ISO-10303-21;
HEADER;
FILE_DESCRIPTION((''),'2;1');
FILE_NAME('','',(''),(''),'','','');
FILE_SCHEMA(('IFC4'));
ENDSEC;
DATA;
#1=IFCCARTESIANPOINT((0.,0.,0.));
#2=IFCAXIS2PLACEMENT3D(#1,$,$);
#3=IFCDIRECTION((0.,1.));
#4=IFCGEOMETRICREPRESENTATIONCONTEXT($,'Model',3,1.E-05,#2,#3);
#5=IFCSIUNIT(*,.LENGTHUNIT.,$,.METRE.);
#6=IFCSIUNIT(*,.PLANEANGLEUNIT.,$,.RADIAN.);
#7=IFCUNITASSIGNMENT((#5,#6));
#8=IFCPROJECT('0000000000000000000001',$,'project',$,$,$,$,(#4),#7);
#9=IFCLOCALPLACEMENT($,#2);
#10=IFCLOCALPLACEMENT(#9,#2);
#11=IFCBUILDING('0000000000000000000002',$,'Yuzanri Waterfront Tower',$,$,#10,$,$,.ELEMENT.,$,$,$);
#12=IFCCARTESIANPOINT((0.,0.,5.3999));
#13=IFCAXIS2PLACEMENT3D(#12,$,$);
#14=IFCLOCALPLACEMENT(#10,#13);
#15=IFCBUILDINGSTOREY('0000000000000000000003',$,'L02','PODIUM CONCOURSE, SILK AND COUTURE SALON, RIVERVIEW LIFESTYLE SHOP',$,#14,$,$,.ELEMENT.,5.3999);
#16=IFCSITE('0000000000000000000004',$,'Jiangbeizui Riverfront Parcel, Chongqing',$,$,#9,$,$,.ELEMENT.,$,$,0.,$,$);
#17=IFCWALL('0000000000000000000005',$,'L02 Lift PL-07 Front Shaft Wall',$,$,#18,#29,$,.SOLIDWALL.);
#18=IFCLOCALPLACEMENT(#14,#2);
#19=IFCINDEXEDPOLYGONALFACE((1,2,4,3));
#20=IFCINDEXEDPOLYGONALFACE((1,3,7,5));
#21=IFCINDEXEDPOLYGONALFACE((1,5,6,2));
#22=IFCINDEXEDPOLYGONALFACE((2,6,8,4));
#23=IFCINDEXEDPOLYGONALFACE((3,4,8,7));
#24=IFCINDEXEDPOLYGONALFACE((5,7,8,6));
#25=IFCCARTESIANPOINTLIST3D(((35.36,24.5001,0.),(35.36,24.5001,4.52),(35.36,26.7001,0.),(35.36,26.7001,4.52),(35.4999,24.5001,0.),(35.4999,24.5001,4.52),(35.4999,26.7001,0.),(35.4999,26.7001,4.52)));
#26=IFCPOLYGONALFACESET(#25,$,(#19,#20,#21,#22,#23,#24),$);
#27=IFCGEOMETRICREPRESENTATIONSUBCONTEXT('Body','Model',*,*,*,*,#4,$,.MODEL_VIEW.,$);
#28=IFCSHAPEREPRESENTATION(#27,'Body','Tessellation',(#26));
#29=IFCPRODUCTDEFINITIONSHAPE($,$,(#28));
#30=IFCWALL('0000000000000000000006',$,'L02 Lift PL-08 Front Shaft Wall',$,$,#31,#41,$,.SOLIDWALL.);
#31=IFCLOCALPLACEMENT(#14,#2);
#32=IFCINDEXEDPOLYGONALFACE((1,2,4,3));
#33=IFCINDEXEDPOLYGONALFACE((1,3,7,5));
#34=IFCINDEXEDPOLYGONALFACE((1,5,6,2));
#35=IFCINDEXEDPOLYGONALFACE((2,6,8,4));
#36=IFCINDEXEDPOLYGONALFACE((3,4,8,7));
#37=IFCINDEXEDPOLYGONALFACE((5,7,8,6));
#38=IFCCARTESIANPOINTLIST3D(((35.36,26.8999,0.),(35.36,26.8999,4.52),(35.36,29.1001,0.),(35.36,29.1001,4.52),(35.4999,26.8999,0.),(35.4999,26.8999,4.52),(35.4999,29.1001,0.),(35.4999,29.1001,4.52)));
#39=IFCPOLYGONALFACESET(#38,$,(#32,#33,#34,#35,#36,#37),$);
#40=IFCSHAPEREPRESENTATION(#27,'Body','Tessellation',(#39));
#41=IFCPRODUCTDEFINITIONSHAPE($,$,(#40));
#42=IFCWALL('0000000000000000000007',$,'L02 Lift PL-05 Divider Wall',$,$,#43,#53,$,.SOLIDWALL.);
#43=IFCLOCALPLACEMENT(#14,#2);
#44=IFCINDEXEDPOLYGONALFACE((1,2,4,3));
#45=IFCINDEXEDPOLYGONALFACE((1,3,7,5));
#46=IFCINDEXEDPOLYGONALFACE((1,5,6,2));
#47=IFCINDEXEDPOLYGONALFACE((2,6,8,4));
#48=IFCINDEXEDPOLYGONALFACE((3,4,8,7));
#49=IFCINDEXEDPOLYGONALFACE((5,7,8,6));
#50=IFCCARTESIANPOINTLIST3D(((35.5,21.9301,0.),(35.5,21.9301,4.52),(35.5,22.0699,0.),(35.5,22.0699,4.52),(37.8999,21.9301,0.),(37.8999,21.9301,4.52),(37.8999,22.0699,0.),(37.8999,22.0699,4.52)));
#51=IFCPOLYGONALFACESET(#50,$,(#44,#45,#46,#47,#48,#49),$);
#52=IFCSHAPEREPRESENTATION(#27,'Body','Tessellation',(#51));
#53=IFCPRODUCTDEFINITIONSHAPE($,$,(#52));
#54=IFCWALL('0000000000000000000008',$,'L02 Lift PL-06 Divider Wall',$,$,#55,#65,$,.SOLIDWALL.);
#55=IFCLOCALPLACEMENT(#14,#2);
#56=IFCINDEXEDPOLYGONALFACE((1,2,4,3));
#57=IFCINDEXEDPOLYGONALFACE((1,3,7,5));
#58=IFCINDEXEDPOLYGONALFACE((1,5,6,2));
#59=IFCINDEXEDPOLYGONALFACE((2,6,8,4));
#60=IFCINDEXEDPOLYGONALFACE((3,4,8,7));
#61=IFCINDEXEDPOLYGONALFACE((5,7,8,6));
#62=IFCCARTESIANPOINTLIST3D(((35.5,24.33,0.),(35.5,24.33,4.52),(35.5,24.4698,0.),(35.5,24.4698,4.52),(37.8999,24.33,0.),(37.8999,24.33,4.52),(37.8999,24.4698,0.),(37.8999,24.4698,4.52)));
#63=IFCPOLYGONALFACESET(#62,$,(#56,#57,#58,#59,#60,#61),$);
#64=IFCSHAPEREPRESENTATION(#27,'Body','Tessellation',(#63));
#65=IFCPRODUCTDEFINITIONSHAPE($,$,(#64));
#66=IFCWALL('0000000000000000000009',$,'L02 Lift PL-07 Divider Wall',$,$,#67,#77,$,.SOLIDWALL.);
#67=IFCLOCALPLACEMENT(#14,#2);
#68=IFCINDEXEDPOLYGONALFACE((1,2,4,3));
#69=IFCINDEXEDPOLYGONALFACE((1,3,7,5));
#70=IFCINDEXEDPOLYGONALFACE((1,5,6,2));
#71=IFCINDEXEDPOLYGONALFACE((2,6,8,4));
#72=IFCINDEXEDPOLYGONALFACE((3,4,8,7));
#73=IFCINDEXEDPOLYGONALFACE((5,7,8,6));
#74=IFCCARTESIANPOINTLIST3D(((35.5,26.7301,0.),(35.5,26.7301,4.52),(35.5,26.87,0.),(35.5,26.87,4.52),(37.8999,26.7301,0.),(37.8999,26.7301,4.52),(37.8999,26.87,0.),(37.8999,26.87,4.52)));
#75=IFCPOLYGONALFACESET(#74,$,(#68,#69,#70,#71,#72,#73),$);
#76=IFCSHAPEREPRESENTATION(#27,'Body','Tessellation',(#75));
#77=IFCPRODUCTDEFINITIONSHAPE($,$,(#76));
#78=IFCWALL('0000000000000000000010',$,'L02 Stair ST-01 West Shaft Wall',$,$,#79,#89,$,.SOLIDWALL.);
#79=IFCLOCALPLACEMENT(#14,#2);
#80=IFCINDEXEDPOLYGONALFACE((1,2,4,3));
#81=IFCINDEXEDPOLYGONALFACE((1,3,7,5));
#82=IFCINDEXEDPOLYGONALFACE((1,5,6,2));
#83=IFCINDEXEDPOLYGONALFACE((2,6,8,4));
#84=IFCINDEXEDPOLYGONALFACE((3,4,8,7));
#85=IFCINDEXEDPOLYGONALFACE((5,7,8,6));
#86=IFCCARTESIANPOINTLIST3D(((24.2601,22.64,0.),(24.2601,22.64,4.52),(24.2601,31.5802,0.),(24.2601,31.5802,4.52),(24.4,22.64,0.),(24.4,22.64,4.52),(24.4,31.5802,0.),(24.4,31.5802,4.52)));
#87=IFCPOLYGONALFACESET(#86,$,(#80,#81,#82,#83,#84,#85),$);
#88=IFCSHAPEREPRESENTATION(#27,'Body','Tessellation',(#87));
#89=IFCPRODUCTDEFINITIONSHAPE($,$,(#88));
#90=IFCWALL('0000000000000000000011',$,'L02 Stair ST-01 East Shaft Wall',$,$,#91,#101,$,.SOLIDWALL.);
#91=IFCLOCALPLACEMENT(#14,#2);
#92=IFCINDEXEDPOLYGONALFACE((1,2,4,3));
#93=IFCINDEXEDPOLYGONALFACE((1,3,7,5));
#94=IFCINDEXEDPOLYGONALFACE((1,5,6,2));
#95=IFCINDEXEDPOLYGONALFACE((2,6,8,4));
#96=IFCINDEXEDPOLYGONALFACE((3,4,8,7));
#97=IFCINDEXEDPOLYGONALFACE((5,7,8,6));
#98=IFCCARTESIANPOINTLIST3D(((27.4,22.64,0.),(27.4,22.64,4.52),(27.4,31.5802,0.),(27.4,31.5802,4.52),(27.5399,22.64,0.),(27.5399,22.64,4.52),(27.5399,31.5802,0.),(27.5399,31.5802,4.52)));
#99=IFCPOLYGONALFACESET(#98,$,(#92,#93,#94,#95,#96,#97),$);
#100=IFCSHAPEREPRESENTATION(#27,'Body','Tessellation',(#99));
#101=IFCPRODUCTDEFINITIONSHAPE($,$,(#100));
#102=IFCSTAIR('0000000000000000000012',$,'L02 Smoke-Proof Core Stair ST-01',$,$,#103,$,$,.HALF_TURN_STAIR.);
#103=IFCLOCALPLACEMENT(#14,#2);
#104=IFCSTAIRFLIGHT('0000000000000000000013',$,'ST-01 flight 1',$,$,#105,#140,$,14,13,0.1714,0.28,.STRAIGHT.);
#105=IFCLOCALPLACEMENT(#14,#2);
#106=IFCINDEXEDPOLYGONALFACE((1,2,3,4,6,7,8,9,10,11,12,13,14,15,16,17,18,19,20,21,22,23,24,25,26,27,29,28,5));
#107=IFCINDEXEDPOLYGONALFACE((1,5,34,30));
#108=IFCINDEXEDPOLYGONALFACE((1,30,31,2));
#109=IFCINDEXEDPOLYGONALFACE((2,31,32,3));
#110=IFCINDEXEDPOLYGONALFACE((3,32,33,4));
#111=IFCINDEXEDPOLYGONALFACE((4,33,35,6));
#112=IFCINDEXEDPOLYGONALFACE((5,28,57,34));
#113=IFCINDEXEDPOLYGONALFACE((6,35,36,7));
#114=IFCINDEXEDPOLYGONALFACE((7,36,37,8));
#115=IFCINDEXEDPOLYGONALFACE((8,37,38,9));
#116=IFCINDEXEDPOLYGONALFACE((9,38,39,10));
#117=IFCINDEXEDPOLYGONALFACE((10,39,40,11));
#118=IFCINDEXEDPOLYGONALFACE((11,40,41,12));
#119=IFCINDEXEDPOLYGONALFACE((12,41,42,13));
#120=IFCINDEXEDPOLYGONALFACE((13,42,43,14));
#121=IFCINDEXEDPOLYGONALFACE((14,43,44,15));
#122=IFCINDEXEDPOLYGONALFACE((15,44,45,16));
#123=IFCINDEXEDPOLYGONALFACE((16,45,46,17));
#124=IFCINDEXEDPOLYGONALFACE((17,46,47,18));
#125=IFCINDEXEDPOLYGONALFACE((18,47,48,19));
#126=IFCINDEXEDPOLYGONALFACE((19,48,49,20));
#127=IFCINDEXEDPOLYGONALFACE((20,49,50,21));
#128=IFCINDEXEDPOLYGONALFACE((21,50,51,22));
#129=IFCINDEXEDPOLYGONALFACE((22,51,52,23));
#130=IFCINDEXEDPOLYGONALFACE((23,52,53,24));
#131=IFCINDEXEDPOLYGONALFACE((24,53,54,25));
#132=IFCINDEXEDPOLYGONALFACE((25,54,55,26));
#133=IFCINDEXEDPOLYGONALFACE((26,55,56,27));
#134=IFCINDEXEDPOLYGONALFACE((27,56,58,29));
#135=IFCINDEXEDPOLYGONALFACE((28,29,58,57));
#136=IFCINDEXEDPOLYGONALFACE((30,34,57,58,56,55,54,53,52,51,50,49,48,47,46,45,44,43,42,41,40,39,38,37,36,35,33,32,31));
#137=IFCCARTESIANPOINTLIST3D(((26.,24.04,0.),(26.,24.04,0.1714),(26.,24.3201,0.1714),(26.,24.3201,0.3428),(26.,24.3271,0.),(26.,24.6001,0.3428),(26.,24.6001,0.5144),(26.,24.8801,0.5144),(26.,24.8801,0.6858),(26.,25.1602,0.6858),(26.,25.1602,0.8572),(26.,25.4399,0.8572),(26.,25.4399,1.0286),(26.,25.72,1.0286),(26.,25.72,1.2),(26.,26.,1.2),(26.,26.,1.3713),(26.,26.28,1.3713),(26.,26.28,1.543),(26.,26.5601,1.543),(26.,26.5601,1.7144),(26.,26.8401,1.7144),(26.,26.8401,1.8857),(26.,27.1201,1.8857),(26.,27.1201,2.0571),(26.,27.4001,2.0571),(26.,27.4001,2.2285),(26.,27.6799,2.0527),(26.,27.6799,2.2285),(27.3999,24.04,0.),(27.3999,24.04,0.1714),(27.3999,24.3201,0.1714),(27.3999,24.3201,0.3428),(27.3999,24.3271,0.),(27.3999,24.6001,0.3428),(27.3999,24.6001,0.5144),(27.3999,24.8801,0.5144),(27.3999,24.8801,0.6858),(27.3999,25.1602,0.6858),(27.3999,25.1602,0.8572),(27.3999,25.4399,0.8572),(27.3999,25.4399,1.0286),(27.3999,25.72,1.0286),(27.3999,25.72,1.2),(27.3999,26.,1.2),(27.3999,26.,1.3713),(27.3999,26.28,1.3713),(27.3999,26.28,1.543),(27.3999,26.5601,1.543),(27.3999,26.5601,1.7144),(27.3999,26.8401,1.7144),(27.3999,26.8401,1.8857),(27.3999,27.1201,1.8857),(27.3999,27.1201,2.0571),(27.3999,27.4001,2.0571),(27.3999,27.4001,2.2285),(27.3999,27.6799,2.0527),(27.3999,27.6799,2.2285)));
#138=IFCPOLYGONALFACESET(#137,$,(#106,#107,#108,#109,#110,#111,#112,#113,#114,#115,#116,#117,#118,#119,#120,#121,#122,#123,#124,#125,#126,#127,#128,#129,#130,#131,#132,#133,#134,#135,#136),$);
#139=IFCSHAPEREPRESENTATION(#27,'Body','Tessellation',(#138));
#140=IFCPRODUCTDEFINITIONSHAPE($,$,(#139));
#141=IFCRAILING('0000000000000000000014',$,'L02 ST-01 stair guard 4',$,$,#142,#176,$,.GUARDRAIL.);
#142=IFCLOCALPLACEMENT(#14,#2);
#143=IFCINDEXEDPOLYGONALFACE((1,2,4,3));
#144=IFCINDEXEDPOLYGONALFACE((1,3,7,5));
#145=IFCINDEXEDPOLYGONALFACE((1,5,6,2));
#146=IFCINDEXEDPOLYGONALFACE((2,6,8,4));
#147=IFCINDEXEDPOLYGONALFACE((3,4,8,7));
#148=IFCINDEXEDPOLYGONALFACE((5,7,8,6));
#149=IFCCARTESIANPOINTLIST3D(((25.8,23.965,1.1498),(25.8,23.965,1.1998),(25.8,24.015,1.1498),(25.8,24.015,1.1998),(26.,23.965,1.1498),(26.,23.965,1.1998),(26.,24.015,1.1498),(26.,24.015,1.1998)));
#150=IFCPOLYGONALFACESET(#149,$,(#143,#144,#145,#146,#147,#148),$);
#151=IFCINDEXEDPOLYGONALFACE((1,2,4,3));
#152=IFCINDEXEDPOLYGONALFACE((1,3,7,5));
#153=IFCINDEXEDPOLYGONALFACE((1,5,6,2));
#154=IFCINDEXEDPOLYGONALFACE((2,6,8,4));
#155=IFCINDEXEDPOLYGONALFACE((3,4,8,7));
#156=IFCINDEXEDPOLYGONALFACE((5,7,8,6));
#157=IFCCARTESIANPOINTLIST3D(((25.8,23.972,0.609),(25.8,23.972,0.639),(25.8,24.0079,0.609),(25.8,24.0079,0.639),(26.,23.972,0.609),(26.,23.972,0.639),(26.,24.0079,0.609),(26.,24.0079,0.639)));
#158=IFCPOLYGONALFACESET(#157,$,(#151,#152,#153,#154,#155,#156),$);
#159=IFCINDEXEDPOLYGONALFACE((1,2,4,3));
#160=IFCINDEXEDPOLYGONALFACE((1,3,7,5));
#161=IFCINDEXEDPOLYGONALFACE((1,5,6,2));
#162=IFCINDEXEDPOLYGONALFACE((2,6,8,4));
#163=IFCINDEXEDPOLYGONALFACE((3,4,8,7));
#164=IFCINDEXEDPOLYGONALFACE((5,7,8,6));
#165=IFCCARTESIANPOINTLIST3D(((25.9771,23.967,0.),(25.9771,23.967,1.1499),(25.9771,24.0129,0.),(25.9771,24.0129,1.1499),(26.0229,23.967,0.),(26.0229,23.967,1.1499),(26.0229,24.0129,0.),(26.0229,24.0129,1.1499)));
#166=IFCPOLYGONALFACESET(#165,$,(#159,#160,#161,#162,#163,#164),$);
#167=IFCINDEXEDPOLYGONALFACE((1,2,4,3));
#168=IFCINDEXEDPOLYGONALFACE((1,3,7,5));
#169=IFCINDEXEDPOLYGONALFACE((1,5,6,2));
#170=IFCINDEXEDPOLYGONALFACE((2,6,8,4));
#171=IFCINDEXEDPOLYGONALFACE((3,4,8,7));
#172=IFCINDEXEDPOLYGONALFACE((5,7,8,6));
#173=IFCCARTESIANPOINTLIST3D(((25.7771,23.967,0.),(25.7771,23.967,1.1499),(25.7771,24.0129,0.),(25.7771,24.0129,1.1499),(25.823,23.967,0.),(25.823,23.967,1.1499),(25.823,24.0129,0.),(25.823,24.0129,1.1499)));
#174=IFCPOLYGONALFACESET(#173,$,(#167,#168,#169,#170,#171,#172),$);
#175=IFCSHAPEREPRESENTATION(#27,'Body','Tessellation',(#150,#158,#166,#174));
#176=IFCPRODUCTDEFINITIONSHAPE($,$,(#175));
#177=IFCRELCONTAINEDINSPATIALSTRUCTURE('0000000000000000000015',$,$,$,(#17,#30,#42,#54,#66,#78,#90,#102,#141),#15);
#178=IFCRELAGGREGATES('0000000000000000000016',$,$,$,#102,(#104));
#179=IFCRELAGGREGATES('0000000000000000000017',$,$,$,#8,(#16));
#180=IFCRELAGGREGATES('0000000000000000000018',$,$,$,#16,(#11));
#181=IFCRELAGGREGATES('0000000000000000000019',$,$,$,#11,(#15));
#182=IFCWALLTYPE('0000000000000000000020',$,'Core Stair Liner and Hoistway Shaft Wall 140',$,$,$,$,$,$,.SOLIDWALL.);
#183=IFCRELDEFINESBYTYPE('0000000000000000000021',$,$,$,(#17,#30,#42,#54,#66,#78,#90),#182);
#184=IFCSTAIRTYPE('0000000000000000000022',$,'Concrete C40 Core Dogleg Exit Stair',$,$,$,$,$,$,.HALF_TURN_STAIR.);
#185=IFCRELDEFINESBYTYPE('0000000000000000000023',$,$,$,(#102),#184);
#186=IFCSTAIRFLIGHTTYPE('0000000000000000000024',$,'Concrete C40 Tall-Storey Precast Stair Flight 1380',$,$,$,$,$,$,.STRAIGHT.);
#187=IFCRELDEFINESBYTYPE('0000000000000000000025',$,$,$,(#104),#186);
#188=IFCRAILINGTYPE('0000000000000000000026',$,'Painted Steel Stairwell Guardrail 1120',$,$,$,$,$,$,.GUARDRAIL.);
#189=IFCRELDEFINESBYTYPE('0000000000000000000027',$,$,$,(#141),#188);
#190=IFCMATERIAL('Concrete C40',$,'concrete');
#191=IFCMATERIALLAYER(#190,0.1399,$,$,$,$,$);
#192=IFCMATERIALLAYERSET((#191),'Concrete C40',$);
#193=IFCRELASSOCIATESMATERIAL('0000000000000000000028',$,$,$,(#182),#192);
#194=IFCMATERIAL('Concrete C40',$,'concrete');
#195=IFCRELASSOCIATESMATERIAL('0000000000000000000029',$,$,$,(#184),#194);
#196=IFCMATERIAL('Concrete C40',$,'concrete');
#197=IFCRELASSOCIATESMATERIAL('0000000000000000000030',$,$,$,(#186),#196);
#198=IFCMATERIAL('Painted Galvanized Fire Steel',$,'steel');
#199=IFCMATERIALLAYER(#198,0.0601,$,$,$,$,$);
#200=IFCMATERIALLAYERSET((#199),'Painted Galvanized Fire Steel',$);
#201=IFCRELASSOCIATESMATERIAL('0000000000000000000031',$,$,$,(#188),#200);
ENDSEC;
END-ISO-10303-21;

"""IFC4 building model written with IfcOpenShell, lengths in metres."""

from ifc_helpers import new_model, si_unit, direction, frame, frame_2d, origin, origin_2d, place, context, subcontext, project, spatial, polyline, rectangle, outline, extrude, source, transform, mapped, material, layer, layer_set, type_object, element, aggregate, save


model = new_model("IFC4")

# Units and contexts
model_context = context("Model", 3, precision=1e-05, world=origin(), true_north=direction((0.0, 1.0)))
body_context = subcontext(model_context, "Body", "Model", "MODEL_VIEW")
ifc_project = project(units=[si_unit("LENGTHUNIT", "METRE"), si_unit("PLANEANGLEUNIT", "RADIAN")], contexts=[model_context])

# Site, building, storey
site_placement = place(None, origin())
site = spatial("IfcSite", under=ifc_project, at=site_placement, Name="Jiangbeizui Riverfront Parcel, Chongqing", CompositionType="ELEMENT", RefElevation=0.0)
building_placement = place(site_placement, origin())
building = spatial("IfcBuilding", under=site, at=building_placement, Name="Yuzanri Waterfront Tower", CompositionType="ELEMENT")
storey_placement = place(building_placement, frame((0.0, 0.0, 5.3999)))
storey = spatial("IfcBuildingStorey", under=building, at=storey_placement, Name="L02", Description="PODIUM CONCOURSE, SILK AND COUTURE SALON, RIVERVIEW LIFESTYLE SHOP", CompositionType="ELEMENT", Elevation=5.3999)

# Shared definitions
ifc_material_1 = material(Name="Concrete C40", Category="concrete")
ifc_layer_1 = layer(ifc_material_1, 0.1399)
ifc_layer_set_1 = layer_set([ifc_layer_1], Name="Concrete C40")
wall_type = type_object("IfcWallType", Name="Core Stair Liner and Hoistway Shaft Wall 140", PredefinedType="SOLIDWALL", material=ifc_layer_set_1)

# Walls
shared_shape_1 = source(origin(), body_context, "Body", "SweptSolid", [
    extrude(rectangle(XDim=2.2, YDim=0.1399, at=frame_2d((1.1001, 0.0))), origin(), (0.0, 0.0, 1.0), 4.52),
])
for number, where, z_axis, x_axis, name in (
    (1, (35.4299, 24.5, 0.0), (0.0, 0.0, 1.0), (0.0, 1.0, 0.0), "L02 Lift PL-07 Front Shaft Wall"),
):
    element("IfcWall", number, at=place(storey_placement, frame(where, z_axis=z_axis, x_axis=x_axis)), inside=storey, type_object=wall_type, Name=name, PredefinedType="SOLIDWALL", context=body_context, shape_type="MappedRepresentation", body=[
        mapped(shared_shape_1, transform((0.0, 0.0, 0.0), scale=1.0)),
    ])
shared_shape_2 = source(origin(), body_context, "Body", "SweptSolid", [
    extrude(rectangle(XDim=2.2002, YDim=0.1399, at=frame_2d((1.1001, 0.0))), origin(), (0.0, 0.0, 1.0), 4.52),
])
wall_1_placement = place(storey_placement, frame((35.4299, 26.8999, 0.0), z_axis=(0.0, 0.0, 1.0), x_axis=(0.0, 1.0, 0.0)))
element("IfcWall", 2, at=wall_1_placement, inside=storey, type_object=wall_type, Name="L02 Lift PL-08 Front Shaft Wall", PredefinedType="SOLIDWALL", context=body_context, shape_type="MappedRepresentation", body=[
    mapped(shared_shape_2, transform((0.0, 0.0, 0.0), scale=1.0)),
])
shared_shape_3 = source(origin(), body_context, "Body", "SweptSolid", [
    extrude(rectangle(XDim=2.3999, YDim=0.1399, at=frame_2d((1.2, 0.0))), origin(), (0.0, 0.0, 1.0), 4.52),
])
for number, where, z_axis, x_axis, name in (
    (3, (35.5, 22.0, 0.0), (0.0, 0.0, 1.0), (1.0, 0.0, 0.0), "L02 Lift PL-05 Divider Wall"),
    (4, (35.5, 24.3999, 0.0), (0.0, 0.0, 1.0), (1.0, 0.0, 0.0), "L02 Lift PL-06 Divider Wall"),
    (5, (35.5, 26.8, 0.0), (0.0, 0.0, 1.0), (1.0, 0.0, 0.0), "L02 Lift PL-07 Divider Wall"),
):
    element("IfcWall", number, at=place(storey_placement, frame(where, z_axis=z_axis, x_axis=x_axis)), inside=storey, type_object=wall_type, Name=name, PredefinedType="SOLIDWALL", context=body_context, shape_type="MappedRepresentation", body=[
        mapped(shared_shape_3, transform((0.0, 0.0, 0.0), scale=1.0)),
    ])
shared_shape_4 = source(origin(), body_context, "Body", "SweptSolid", [
    extrude(rectangle(XDim=8.9402, YDim=0.1399, at=frame_2d((4.4702, 0.0))), origin(), (0.0, 0.0, 1.0), 4.52),
])
for number, where, z_axis, x_axis, name in (
    (6, (24.3301, 22.6399, 0.0), (0.0, 0.0, 1.0), (0.0, 1.0, 0.0), "L02 Stair ST-01 West Shaft Wall"),
    (7, (27.47, 22.6399, 0.0), (0.0, 0.0, 1.0), (0.0, 1.0, 0.0), "L02 Stair ST-01 East Shaft Wall"),
):
    element("IfcWall", number, at=place(storey_placement, frame(where, z_axis=z_axis, x_axis=x_axis)), inside=storey, type_object=wall_type, Name=name, PredefinedType="SOLIDWALL", context=body_context, shape_type="MappedRepresentation", body=[
        mapped(shared_shape_4, transform((0.0, 0.0, 0.0), scale=1.0)),
    ])

# Stair, stair flight
ifc_material_2 = material(Name="Concrete C40", Category="concrete")
stair_type = type_object("IfcStairType", Name="Concrete C40 Core Dogleg Exit Stair", PredefinedType="HALF_TURN_STAIR", material=ifc_material_2)
stair_placement = place(storey_placement, origin())
stair = element("IfcStair", 8, at=stair_placement, inside=storey, type_object=stair_type, Name="L02 Smoke-Proof Core Stair ST-01", PredefinedType="HALF_TURN_STAIR")
ifc_material_3 = material(Name="Concrete C40", Category="concrete")
stair_flight_type = type_object("IfcStairFlightType", Name="Concrete C40 Tall-Storey Precast Stair Flight 1380", PredefinedType="STRAIGHT", material=ifc_material_3)
shared_shape_5 = source(origin(), body_context, "Body", "SweptSolid", [
    extrude(outline(polyline([(0.0, 0.0), (0.0, 0.1714), (0.28, 0.1714), (0.28, 0.3428), (0.5601, 0.3428), (0.5601, 0.5144), (0.8401, 0.5144), (0.8401, 0.6858), (1.1201, 0.6858), (1.1201, 0.8572), (1.3999, 0.8572), (1.3999, 1.0286), (1.6799, 1.0286), (1.6799, 1.2), (1.96, 1.2), (1.96, 1.3713), (2.24, 1.3713), (2.24, 1.543), (2.52, 1.543), (2.52, 1.7144), (2.8, 1.7144), (2.8, 1.8857), (3.0801, 1.8857), (3.0801, 2.0571), (3.3601, 2.0571), (3.3601, 2.2285), (3.6399, 2.2285), (3.6399, 2.3999), (3.6399, 2.0527), (0.2871, 0.0), (0.0, 0.0)])), frame((0.0, 0.7, 0.0), z_axis=(0.0, -1.0, 0.0), x_axis=(1.0, 0.0, 0.0)), (0.0, 0.0, 1.0), 1.3999),
])
stair_flight_placement = place(storey_placement, frame((26.7, 24.04, 0.0), z_axis=(0.0, 0.0, 1.0), x_axis=(0.0, 1.0, 0.0)))
stair_flight = element("IfcStairFlight", 9, at=stair_flight_placement, type_object=stair_flight_type, Name="ST-01 flight 1", NumberOfRisers=14, NumberOfTreads=13, PredefinedType="STRAIGHT", RiserHeight=0.1714, TreadLength=0.28, context=body_context, shape_type="MappedRepresentation", body=[
    mapped(shared_shape_5, transform((0.0, 0.0, 0.0), scale=1.0)),
])
aggregate(stair, [stair_flight])

# Railing
ifc_material_4 = material(Name="Painted Galvanized Fire Steel", Category="steel")
ifc_layer_2 = layer(ifc_material_4, 0.0601)
ifc_layer_set_2 = layer_set([ifc_layer_2], Name="Painted Galvanized Fire Steel")
railing_type_1 = type_object("IfcRailingType", Name="Painted Steel Stairwell Guardrail 1120", PredefinedType="GUARDRAIL", material=ifc_layer_set_2)
shared_shape_6 = source(origin(), body_context, "Body", "SweptSolid", [
    extrude(rectangle(XDim=0.05, YDim=0.05, at=origin_2d()), frame((0.0, 0.0, 1.1748), z_axis=(-1.0, 0.0, 0.0), x_axis=(0.0, -1.0, 0.0)), (0.0, 0.0, 1.0), 0.2),
    extrude(rectangle(XDim=0.0359, YDim=0.03, at=origin_2d()), frame((0.0, 0.0, 0.624), z_axis=(-1.0, 0.0, 0.0), x_axis=(0.0, -1.0, 0.0)), (0.0, 0.0, 1.0), 0.2),
    extrude(rectangle(XDim=0.0459, YDim=0.0459, at=origin_2d()), origin(), (0.0, 0.0, 1.0), 1.1499),
    extrude(rectangle(XDim=0.0459, YDim=0.0459, at=origin_2d()), frame((-0.2, 0.0, 0.0)), (0.0, 0.0, 1.0), 1.1499),
])
railing_1_placement = place(storey_placement, frame((26.0, 23.99, 0.0)))
element("IfcRailing", 10, at=railing_1_placement, inside=storey, type_object=railing_type_1, Name="L02 ST-01 stair guard 4", PredefinedType="GUARDRAIL", context=body_context, shape_type="MappedRepresentation", body=[
    mapped(shared_shape_6, transform((0.0, 0.0, 0.0), scale=1.0)),
])

save(model, "model.ifc")
